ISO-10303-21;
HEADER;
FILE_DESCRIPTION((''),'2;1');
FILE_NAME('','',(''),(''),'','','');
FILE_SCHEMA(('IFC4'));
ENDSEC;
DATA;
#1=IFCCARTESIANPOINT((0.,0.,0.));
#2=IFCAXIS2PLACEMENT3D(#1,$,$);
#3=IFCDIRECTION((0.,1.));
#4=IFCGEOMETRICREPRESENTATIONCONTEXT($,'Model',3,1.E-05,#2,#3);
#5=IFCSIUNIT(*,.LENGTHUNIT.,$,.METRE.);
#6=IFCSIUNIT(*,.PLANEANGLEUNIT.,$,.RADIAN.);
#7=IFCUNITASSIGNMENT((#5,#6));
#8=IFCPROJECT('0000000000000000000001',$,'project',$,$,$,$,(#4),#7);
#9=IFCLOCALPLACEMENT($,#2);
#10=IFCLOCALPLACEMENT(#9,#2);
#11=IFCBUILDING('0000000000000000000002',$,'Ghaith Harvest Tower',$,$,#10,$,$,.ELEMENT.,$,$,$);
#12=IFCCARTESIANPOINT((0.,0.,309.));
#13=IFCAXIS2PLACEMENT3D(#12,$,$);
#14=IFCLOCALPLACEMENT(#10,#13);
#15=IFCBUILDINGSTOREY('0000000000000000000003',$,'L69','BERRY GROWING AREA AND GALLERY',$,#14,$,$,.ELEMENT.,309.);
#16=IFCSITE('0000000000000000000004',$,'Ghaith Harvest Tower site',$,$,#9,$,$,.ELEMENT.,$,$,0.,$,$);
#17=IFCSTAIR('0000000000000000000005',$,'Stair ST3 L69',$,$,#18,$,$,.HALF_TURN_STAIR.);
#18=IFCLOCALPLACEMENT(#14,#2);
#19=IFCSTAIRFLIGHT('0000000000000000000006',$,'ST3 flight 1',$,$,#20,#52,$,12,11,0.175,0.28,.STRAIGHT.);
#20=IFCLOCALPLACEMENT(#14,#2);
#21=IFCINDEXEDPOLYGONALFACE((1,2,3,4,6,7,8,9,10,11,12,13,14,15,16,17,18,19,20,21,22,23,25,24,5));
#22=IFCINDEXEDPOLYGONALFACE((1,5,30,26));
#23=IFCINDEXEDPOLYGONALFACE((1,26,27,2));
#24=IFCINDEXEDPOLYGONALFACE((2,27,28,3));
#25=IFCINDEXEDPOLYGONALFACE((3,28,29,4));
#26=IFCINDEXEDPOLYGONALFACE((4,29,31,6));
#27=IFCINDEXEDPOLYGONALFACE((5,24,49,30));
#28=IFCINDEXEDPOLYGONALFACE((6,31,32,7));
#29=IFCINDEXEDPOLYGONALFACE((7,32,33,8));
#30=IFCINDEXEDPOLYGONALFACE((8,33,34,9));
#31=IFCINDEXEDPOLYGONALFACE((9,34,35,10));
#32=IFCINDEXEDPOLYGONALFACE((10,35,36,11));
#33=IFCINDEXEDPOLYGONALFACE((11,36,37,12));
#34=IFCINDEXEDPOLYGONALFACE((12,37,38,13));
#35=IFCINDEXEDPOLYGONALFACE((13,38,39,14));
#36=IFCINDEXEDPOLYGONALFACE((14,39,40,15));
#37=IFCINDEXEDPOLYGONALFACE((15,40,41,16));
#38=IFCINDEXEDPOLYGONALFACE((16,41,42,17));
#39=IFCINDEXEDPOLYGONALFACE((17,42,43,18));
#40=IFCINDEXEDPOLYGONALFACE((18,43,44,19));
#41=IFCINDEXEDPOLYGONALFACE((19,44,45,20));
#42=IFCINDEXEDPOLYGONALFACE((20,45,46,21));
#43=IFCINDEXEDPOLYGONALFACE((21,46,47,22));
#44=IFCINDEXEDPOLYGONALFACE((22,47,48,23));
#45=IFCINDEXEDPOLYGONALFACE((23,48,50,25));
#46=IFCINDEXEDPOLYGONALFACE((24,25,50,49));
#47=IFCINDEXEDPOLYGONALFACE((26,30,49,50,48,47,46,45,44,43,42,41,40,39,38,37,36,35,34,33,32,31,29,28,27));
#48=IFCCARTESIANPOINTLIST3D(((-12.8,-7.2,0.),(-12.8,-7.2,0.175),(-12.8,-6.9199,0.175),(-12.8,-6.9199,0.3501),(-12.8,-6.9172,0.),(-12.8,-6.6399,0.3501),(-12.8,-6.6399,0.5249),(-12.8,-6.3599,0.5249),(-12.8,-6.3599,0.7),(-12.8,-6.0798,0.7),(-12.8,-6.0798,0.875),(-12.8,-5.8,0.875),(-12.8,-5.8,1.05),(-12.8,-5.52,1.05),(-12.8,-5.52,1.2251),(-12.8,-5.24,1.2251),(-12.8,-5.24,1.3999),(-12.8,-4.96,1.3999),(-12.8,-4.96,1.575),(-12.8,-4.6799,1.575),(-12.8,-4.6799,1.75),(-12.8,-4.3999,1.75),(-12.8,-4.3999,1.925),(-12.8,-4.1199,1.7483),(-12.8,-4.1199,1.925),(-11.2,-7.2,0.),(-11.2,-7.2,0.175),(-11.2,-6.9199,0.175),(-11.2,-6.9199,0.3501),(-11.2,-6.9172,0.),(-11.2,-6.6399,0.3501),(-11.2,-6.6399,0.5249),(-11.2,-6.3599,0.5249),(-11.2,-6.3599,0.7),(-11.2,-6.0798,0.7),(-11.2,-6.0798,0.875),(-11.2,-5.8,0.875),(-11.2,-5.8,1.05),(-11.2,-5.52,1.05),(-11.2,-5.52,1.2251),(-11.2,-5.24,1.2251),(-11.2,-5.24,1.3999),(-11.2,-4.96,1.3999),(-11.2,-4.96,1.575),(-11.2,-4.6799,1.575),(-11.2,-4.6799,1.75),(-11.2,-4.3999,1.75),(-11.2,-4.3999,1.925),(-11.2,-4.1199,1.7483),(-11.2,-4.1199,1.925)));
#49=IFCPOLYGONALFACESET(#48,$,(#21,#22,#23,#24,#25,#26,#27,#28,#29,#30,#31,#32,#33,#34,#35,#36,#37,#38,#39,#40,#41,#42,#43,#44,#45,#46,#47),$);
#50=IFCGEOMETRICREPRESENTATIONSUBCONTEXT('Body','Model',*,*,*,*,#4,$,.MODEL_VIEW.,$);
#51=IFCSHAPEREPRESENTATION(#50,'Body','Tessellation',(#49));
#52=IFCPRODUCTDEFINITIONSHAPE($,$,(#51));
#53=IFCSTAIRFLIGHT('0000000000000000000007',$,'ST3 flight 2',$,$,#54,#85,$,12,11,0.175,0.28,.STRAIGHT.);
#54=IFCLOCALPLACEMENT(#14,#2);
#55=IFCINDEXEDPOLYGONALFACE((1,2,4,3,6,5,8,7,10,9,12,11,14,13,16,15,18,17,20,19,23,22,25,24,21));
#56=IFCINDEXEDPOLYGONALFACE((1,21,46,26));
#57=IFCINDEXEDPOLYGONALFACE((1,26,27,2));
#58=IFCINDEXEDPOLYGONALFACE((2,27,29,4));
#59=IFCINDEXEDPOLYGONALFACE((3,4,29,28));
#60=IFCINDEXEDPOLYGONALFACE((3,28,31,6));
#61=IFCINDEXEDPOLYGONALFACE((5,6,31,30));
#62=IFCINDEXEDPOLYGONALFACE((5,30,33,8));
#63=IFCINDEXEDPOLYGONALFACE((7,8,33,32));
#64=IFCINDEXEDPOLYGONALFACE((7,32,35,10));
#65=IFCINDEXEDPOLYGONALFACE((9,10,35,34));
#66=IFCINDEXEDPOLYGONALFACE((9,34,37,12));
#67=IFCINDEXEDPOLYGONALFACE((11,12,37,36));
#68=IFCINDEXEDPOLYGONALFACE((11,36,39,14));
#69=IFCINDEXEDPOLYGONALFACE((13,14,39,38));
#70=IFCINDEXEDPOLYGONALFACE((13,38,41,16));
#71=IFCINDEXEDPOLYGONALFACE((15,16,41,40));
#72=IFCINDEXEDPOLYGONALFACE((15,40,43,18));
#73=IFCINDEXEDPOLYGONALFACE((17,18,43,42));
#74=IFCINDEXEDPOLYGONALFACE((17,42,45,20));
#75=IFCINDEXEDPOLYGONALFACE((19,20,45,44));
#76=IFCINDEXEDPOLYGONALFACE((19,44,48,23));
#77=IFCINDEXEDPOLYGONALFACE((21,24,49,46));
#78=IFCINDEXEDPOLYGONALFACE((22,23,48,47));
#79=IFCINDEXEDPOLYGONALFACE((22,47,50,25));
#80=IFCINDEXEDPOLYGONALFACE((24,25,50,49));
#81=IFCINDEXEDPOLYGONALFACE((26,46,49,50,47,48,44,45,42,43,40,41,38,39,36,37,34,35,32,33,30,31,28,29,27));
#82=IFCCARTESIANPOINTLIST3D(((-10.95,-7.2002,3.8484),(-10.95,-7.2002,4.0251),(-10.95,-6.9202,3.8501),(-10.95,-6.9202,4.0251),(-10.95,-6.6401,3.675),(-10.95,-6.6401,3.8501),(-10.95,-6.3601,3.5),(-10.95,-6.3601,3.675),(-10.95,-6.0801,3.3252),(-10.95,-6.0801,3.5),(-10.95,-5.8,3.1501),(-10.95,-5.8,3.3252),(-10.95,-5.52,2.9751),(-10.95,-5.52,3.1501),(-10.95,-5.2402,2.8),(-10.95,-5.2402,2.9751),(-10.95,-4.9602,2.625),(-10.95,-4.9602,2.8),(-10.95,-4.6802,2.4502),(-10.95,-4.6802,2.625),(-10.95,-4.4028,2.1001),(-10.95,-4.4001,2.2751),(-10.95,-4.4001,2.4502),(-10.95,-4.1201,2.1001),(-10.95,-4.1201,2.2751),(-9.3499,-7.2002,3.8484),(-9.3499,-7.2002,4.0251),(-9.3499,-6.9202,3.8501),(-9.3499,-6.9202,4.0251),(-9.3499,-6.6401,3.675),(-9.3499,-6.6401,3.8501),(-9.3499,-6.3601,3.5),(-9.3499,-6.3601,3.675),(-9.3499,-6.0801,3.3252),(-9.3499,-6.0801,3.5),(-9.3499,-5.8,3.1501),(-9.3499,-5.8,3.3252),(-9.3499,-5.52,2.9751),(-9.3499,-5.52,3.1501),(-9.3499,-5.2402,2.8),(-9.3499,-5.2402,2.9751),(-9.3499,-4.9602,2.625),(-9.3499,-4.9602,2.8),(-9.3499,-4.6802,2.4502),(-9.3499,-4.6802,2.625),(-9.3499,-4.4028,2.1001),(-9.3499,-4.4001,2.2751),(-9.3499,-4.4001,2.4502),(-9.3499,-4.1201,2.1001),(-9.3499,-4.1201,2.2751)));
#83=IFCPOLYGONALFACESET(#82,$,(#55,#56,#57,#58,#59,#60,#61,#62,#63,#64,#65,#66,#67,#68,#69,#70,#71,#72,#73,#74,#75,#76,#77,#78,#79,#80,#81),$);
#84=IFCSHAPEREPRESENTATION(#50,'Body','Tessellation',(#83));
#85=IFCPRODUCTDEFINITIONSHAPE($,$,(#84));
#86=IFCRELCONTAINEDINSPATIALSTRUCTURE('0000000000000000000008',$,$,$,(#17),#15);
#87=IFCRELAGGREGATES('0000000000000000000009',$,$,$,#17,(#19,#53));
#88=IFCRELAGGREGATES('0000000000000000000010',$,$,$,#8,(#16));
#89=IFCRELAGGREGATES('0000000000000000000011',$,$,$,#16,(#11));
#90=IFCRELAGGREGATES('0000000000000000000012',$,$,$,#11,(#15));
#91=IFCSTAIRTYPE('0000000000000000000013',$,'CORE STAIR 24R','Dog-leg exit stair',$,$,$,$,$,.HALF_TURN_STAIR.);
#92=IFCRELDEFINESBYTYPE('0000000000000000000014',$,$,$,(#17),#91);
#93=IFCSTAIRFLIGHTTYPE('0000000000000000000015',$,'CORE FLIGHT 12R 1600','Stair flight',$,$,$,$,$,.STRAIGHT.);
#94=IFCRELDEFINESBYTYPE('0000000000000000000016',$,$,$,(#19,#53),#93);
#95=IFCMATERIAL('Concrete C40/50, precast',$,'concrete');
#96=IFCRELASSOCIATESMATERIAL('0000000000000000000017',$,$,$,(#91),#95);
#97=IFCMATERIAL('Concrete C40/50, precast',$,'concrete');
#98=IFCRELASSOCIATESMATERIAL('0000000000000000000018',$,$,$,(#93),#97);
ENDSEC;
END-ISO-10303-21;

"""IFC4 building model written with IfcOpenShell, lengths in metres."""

from ifc_helpers import new_model, si_unit, direction, frame, origin, place, context, subcontext, project, spatial, polyline, outline, extrude, material, type_object, element, aggregate, save


model = new_model("IFC4")

# Units and contexts
model_context = context("Model", 3, precision=1e-05, world=origin(), true_north=direction((0.0, 1.0)))
body_context = subcontext(model_context, "Body", "Model", "MODEL_VIEW")
ifc_project = project(units=[si_unit("LENGTHUNIT", "METRE"), si_unit("PLANEANGLEUNIT", "RADIAN")], contexts=[model_context])

# Site, building, storey
site_placement = place(None, origin())
site = spatial("IfcSite", under=ifc_project, at=site_placement, Name="Ghaith Harvest Tower site", CompositionType="ELEMENT", RefElevation=0.0)
building_placement = place(site_placement, origin())
building = spatial("IfcBuilding", under=site, at=building_placement, Name="Ghaith Harvest Tower", CompositionType="ELEMENT")
storey_placement = place(building_placement, frame((0.0, 0.0, 309.0)))
storey = spatial("IfcBuildingStorey", under=building, at=storey_placement, Name="L69", Description="BERRY GROWING AREA AND GALLERY", CompositionType="ELEMENT", Elevation=309.0)

# Stair, stair flights
ifc_material_1 = material(Name="Concrete C40/50, precast", Category="concrete")
stair_type = type_object("IfcStairType", Name="CORE STAIR 24R", Description="Dog-leg exit stair", PredefinedType="HALF_TURN_STAIR", material=ifc_material_1)
stair_placement = place(storey_placement, origin())
stair = element("IfcStair", 1, at=stair_placement, inside=storey, type_object=stair_type, Name="Stair ST3 L69", PredefinedType="HALF_TURN_STAIR")
ifc_material_2 = material(Name="Concrete C40/50, precast", Category="concrete")
stair_flight_type = type_object("IfcStairFlightType", Name="CORE FLIGHT 12R 1600", Description="Stair flight", PredefinedType="STRAIGHT", material=ifc_material_2)
stair_flight_1_placement = place(storey_placement, frame((-12.0, -7.2, 0.0), z_axis=(0.0, 0.0, 1.0), x_axis=(0.0, 1.0, 0.0)))
stair_flight_1 = element("IfcStairFlight", 2, at=stair_flight_1_placement, type_object=stair_flight_type, Name="ST3 flight 1", NumberOfRisers=12, NumberOfTreads=11, PredefinedType="STRAIGHT", RiserHeight=0.175, TreadLength=0.28, context=body_context, shape_type="SweptSolid", body=[
    extrude(outline(polyline([(0.0, 0.0), (0.0, 0.175), (0.28, 0.175), (0.28, 0.3501), (0.5601, 0.3501), (0.5601, 0.5249), (0.8401, 0.5249), (0.8401, 0.7), (1.1201, 0.7), (1.1201, 0.875), (1.3999, 0.875), (1.3999, 1.05), (1.6799, 1.05), (1.6799, 1.2251), (1.96, 1.2251), (1.96, 1.3999), (2.24, 1.3999), (2.24, 1.575), (2.52, 1.575), (2.52, 1.75), (2.8, 1.75), (2.8, 1.925), (3.0801, 1.925), (3.0801, 2.1001), (3.0801, 1.7483), (0.2827, 0.0), (0.0, 0.0)])), frame((0.0, 0.8, 0.0), z_axis=(0.0, -1.0, 0.0), x_axis=(1.0, 0.0, 0.0)), (0.0, 0.0, 1.0), 1.6001),
])
stair_flight_2_placement = place(storey_placement, frame((-10.1499, -4.1201, 2.1001), z_axis=(0.0, 0.0, 1.0), x_axis=(0.0, -1.0, 0.0)))
stair_flight_2 = element("IfcStairFlight", 3, at=stair_flight_2_placement, type_object=stair_flight_type, Name="ST3 flight 2", NumberOfRisers=12, NumberOfTreads=11, PredefinedType="STRAIGHT", RiserHeight=0.175, TreadLength=0.28, context=body_context, shape_type="SweptSolid", body=[
    extrude(outline(polyline([(0.0, 0.0), (0.0, 0.175), (0.28, 0.175), (0.28, 0.3501), (0.5601, 0.3501), (0.5601, 0.5249), (0.8401, 0.5249), (0.8401, 0.7), (1.1201, 0.7), (1.1201, 0.875), (1.3999, 0.875), (1.3999, 1.05), (1.6799, 1.05), (1.6799, 1.2251), (1.96, 1.2251), (1.96, 1.3999), (2.24, 1.3999), (2.24, 1.575), (2.52, 1.575), (2.52, 1.75), (2.8, 1.75), (2.8, 1.925), (3.0801, 1.925), (3.0801, 2.1001), (3.0801, 1.7483), (0.2827, 0.0), (0.0, 0.0)])), frame((0.0, 0.8, 0.0), z_axis=(0.0, -1.0, 0.0), x_axis=(1.0, 0.0, 0.0)), (0.0, 0.0, 1.0), 1.6001),
])
aggregate(stair, [stair_flight_1, stair_flight_2])

save(model, "model.ifc")
